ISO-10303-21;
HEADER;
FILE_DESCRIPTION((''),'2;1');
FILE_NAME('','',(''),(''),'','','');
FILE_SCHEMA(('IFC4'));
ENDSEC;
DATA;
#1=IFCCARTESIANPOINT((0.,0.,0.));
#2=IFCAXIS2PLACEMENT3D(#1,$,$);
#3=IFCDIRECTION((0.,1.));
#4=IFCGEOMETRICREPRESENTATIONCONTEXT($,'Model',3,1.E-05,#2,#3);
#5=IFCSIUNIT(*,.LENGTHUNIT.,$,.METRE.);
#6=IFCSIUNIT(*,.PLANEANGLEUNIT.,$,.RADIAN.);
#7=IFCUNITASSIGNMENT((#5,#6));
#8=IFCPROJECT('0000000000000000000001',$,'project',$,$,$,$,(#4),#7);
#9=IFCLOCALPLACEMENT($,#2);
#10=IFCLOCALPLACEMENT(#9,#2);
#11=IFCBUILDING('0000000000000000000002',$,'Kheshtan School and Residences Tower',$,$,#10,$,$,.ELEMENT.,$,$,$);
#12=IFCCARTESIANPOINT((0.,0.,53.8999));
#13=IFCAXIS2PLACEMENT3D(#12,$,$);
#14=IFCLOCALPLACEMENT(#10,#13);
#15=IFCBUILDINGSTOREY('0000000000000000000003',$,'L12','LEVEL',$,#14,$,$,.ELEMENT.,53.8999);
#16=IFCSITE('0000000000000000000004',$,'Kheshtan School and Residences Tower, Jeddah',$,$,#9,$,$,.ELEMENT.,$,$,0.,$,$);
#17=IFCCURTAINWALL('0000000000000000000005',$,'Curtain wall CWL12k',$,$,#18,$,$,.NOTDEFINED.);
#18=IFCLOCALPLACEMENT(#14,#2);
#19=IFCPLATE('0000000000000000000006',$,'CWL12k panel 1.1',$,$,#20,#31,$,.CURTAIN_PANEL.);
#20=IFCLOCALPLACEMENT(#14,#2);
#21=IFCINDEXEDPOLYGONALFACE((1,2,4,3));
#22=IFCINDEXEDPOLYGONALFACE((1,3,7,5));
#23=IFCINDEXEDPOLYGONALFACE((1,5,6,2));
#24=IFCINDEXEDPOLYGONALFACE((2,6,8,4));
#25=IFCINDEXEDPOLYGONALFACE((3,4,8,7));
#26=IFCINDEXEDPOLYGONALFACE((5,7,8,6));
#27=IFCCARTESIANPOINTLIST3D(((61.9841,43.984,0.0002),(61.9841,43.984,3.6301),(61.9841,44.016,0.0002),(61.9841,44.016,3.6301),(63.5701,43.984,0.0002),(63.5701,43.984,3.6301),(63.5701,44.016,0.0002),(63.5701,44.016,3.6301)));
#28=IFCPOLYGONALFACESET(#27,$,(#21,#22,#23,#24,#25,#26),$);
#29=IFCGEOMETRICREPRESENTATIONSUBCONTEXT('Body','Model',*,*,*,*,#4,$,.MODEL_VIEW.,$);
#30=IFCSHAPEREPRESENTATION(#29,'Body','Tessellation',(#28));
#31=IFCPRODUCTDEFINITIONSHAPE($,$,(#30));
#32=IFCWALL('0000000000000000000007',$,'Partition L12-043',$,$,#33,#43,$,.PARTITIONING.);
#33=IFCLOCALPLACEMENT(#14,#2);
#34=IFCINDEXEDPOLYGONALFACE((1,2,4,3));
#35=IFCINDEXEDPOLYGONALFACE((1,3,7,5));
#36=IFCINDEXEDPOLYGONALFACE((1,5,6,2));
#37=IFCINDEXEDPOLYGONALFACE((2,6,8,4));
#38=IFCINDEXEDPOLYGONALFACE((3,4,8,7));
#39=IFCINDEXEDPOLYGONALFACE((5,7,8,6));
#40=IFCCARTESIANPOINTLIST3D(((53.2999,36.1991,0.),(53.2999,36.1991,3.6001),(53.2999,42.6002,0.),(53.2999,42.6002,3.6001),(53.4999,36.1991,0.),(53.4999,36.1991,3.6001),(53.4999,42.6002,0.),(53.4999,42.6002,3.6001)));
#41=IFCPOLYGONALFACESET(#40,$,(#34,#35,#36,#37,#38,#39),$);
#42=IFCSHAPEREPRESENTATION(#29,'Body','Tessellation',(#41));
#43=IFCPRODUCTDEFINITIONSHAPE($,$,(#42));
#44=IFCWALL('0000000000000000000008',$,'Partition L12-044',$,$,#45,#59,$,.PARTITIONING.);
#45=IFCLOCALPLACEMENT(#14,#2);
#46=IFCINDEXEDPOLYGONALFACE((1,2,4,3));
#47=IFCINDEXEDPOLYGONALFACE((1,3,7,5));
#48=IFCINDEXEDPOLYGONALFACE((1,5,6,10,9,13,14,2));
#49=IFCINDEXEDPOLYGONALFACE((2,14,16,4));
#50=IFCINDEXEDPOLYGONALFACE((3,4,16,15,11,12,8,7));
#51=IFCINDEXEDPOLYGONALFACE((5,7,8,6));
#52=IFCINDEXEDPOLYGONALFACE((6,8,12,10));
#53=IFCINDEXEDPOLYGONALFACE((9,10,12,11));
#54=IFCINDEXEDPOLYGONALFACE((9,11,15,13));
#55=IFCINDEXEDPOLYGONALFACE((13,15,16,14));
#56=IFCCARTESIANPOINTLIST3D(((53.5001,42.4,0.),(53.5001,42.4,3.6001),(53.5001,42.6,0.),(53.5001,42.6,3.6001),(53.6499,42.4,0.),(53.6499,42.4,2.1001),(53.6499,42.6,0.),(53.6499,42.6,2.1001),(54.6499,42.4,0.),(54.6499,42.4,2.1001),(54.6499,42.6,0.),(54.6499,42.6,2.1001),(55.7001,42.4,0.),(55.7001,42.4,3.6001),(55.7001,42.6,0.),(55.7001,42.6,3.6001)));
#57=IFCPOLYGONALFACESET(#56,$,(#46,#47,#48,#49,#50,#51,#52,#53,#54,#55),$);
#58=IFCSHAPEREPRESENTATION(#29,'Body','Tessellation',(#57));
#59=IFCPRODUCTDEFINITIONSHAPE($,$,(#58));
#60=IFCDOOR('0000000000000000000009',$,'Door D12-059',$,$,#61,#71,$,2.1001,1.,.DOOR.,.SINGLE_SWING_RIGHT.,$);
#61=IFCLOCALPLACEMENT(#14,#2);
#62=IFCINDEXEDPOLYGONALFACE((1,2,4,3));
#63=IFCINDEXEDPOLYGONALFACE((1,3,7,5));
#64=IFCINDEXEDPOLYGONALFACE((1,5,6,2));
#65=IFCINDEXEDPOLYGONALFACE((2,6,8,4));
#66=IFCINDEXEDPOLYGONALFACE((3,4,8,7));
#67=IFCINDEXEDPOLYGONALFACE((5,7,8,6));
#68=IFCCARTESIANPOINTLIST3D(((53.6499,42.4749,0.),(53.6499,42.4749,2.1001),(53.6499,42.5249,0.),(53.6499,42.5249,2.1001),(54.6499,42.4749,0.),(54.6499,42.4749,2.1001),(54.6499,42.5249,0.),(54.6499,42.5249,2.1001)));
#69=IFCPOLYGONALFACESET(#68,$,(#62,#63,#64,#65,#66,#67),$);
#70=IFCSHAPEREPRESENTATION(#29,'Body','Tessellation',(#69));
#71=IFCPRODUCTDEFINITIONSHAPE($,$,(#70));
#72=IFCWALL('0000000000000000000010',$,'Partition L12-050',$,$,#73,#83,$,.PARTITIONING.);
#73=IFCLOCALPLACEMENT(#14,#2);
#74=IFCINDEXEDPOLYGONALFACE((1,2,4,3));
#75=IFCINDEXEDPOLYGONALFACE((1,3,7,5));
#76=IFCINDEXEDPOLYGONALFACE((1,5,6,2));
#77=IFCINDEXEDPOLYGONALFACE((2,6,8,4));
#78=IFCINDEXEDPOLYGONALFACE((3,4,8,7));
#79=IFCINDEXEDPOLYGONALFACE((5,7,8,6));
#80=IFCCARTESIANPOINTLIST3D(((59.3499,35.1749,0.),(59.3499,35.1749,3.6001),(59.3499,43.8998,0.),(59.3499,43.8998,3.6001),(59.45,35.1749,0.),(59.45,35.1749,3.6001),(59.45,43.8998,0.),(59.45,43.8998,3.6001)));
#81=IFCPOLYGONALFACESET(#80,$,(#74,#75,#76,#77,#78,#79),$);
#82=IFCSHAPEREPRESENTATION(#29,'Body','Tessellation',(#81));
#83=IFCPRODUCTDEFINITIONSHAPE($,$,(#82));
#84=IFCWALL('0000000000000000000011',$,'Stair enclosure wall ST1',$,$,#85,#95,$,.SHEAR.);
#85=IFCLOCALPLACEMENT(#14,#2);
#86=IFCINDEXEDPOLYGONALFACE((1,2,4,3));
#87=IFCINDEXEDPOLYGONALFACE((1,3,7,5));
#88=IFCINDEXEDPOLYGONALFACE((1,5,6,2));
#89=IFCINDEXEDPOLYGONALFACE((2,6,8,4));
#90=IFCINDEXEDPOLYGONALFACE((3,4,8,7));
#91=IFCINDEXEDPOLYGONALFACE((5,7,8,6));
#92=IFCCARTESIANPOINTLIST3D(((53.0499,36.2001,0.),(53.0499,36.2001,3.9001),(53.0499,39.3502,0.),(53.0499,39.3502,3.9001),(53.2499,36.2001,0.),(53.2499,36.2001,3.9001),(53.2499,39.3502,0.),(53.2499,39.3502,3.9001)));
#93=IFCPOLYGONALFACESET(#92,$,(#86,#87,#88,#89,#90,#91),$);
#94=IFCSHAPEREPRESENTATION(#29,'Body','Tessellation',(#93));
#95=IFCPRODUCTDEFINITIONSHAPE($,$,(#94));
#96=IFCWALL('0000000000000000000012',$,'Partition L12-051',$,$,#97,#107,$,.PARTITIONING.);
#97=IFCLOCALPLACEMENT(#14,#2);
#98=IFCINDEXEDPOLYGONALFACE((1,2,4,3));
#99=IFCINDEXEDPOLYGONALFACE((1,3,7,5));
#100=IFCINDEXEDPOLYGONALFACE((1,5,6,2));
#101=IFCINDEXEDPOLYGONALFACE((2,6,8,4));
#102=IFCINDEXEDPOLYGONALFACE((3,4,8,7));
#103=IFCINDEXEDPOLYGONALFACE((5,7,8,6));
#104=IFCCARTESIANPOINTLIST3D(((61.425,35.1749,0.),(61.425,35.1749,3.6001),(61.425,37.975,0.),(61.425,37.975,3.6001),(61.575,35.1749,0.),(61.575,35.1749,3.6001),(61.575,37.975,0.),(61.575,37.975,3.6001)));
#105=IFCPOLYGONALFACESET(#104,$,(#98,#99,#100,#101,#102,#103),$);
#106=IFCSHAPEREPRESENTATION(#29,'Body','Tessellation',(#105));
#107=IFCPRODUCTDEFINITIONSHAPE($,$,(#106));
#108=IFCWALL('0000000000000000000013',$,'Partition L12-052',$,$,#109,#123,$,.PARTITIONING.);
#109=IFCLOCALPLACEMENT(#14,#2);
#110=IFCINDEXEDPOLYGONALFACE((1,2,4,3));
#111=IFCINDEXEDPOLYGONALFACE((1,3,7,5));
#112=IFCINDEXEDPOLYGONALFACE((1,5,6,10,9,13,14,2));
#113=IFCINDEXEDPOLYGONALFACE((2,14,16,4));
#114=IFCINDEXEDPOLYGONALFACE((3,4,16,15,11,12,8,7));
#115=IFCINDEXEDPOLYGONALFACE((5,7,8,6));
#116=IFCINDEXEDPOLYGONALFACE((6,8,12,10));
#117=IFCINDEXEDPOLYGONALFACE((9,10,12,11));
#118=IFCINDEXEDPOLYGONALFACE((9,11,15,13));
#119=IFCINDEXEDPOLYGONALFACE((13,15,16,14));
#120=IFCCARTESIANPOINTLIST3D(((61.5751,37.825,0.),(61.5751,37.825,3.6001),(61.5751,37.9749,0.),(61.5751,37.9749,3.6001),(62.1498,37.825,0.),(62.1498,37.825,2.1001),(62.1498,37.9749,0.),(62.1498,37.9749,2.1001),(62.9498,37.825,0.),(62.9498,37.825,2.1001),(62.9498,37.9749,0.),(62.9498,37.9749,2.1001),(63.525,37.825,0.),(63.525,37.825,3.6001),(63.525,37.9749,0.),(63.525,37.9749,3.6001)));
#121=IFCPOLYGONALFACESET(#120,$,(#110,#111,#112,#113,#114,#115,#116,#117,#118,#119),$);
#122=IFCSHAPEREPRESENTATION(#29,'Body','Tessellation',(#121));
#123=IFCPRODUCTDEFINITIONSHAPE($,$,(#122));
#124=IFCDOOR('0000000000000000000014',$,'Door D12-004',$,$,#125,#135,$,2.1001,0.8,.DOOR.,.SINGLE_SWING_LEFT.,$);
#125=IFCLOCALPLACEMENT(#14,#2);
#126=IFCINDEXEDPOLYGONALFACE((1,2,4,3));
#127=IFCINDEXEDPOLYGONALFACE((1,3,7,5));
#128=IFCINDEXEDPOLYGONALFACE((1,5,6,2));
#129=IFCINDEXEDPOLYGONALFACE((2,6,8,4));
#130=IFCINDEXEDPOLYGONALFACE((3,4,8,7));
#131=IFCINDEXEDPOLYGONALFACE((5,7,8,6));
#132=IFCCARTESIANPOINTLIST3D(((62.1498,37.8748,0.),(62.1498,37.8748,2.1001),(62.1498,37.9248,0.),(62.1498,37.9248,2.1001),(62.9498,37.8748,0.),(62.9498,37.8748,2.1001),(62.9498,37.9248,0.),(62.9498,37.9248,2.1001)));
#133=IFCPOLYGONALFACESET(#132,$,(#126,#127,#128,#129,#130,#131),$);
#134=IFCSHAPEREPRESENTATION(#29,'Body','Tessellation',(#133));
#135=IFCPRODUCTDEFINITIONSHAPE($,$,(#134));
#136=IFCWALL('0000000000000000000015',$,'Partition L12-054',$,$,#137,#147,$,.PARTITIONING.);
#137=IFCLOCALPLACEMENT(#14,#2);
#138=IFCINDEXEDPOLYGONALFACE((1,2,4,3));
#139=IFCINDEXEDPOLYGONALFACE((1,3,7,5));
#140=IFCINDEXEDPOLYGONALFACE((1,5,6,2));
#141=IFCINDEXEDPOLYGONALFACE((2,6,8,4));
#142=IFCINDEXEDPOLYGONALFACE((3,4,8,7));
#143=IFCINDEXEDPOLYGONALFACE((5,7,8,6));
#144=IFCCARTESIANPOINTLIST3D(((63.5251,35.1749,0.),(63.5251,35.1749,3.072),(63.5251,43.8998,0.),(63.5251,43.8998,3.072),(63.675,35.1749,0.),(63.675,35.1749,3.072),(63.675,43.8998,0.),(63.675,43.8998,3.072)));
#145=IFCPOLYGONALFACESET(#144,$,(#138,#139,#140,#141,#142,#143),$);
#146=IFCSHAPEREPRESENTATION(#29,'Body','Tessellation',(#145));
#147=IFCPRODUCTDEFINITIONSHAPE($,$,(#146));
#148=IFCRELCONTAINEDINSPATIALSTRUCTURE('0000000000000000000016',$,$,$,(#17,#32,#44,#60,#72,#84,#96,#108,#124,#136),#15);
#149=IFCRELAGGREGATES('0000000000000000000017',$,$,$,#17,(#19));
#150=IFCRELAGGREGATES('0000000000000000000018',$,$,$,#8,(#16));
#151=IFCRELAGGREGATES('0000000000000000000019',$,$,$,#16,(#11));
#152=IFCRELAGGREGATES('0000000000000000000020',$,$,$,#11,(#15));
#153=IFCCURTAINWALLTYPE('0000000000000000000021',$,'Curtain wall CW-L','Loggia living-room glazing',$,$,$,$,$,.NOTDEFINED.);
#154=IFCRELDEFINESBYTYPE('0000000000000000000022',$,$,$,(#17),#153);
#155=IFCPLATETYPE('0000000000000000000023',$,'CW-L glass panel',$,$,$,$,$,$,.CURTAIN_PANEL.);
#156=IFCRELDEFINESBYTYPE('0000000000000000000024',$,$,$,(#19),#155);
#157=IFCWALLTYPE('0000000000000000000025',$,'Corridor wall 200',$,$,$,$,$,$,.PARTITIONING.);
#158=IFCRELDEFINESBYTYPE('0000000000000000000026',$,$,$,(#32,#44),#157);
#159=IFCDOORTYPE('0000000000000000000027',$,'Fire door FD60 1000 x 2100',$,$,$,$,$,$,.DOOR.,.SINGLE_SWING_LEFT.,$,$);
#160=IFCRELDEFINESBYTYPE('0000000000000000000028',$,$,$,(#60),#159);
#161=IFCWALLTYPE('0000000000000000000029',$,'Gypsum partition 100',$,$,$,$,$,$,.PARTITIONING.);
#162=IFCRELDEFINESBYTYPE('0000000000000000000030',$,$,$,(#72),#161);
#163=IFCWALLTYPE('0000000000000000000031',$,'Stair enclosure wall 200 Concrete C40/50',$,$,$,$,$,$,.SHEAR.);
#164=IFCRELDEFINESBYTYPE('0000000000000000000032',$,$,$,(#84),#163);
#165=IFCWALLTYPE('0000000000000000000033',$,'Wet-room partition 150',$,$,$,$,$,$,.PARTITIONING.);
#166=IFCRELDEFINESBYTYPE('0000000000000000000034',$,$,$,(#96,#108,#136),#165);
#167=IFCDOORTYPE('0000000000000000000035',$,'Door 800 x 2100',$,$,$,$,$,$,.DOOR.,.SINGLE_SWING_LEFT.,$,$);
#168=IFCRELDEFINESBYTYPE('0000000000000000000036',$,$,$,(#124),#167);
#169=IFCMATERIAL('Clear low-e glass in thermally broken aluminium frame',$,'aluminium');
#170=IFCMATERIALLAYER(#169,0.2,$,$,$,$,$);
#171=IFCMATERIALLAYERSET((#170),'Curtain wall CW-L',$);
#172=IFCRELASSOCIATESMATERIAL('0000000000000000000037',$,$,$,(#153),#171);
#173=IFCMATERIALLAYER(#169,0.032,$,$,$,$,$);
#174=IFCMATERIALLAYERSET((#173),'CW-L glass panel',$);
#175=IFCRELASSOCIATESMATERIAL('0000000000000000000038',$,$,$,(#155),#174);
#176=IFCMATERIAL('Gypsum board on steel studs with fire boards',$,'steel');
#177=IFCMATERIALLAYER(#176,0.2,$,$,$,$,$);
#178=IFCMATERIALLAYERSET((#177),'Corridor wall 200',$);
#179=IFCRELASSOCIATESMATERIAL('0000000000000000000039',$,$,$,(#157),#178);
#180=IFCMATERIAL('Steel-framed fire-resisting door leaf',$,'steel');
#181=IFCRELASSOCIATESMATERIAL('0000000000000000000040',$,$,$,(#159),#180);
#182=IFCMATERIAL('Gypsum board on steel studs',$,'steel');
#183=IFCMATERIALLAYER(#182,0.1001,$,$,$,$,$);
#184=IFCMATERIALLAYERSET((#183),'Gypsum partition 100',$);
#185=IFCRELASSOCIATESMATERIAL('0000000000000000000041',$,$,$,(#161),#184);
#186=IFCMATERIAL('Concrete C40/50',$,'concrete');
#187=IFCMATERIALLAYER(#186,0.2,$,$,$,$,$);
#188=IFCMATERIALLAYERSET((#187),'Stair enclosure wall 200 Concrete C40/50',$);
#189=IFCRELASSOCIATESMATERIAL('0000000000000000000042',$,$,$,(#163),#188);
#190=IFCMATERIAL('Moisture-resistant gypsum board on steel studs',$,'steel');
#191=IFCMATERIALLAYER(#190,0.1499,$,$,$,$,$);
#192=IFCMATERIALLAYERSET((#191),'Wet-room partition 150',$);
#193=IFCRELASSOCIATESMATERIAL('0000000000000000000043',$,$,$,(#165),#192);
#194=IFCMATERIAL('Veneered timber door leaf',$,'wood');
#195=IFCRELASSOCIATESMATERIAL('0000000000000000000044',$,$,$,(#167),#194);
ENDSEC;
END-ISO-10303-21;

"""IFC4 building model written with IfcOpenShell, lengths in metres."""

from ifc_helpers import new_model, si_unit, direction, frame, frame_2d, origin, origin_2d, place, context, subcontext, project, spatial, rectangle, extrude, source, transform, mapped, material, layer, layer_set, type_object, element, fill, aggregate, save


model = new_model("IFC4")

# Units and contexts
model_context = context("Model", 3, precision=1e-05, world=origin(), true_north=direction((0.0, 1.0)))
body_context = subcontext(model_context, "Body", "Model", "MODEL_VIEW")
ifc_project = project(units=[si_unit("LENGTHUNIT", "METRE"), si_unit("PLANEANGLEUNIT", "RADIAN")], contexts=[model_context])

# Site, building, storey
site_placement = place(None, origin())
site = spatial("IfcSite", under=ifc_project, at=site_placement, Name="Kheshtan School and Residences Tower, Jeddah", CompositionType="ELEMENT", RefElevation=0.0)
building_placement = place(site_placement, origin())
building = spatial("IfcBuilding", under=site, at=building_placement, Name="Kheshtan School and Residences Tower", CompositionType="ELEMENT")
storey_placement = place(building_placement, frame((0.0, 0.0, 53.8999)))
storey = spatial("IfcBuildingStorey", under=building, at=storey_placement, Name="L12", Description="LEVEL", CompositionType="ELEMENT", Elevation=53.8999)

# Curtain wall
ifc_material_1 = material(Name="Clear low-e glass in thermally broken aluminium frame", Category="aluminium")
ifc_layer_1 = layer(ifc_material_1, 0.2)
ifc_layer_set_1 = layer_set([ifc_layer_1], Name="Curtain wall CW-L")
curtain_wall_type = type_object("IfcCurtainWallType", Name="Curtain wall CW-L", Description="Loggia living-room glazing", PredefinedType="NOTDEFINED", material=ifc_layer_set_1)
curtain_wall_1_placement = place(storey_placement, origin())
curtain_wall_1 = element("IfcCurtainWall", 1, at=curtain_wall_1_placement, inside=storey, type_object=curtain_wall_type, Name="Curtain wall CWL12k", PredefinedType="NOTDEFINED")

# Plate
ifc_layer_2 = layer(ifc_material_1, 0.032)
ifc_layer_set_2 = layer_set([ifc_layer_2], Name="CW-L glass panel")
plate_type = type_object("IfcPlateType", Name="CW-L glass panel", PredefinedType="CURTAIN_PANEL", material=ifc_layer_set_2)
plate_1_placement = place(storey_placement, frame((62.7771, 44.0, 0.0002), z_axis=(0.0, 0.0, 1.0), x_axis=(1.0, 0.0, 0.0)))
plate_1 = element("IfcPlate", 2, at=plate_1_placement, type_object=plate_type, Name="CWL12k panel 1.1", PredefinedType="CURTAIN_PANEL", context=body_context, shape_type="SweptSolid", body=[
    extrude(rectangle(XDim=1.5859, YDim=0.032, at=origin_2d()), origin(), (0.0, 0.0, 1.0), 3.6299),
])
aggregate(curtain_wall_1, [plate_1])

# Wall
ifc_material_2 = material(Name="Gypsum board on steel studs with fire boards", Category="steel")
ifc_layer_3 = layer(ifc_material_2, 0.2)
ifc_layer_set_3 = layer_set([ifc_layer_3], Name="Corridor wall 200")
wall_type_1 = type_object("IfcWallType", Name="Corridor wall 200", PredefinedType="PARTITIONING", material=ifc_layer_set_3)
wall_1_placement = place(storey_placement, frame((53.3999, 36.199, 0.0), z_axis=(0.0, 0.0, 1.0), x_axis=(0.0, 1.0, 0.0)))
element("IfcWall", 3, at=wall_1_placement, inside=storey, type_object=wall_type_1, Name="Partition L12-043", PredefinedType="PARTITIONING", context=body_context, shape_type="SweptSolid", body=[
    extrude(rectangle(XDim=6.4011, YDim=0.2, at=frame_2d((3.2007, 0.0))), origin(), (0.0, 0.0, 1.0), 3.6001),
])

# Wall, opening, door
wall_2_placement = place(storey_placement, frame((53.5, 42.5, 0.0), z_axis=(0.0, 0.0, 1.0), x_axis=(1.0, 0.0, 0.0)))
wall_2 = element("IfcWall", 4, at=wall_2_placement, inside=storey, type_object=wall_type_1, Name="Partition L12-044", PredefinedType="PARTITIONING", context=body_context, shape_type="SweptSolid", body=[
    extrude(rectangle(XDim=2.2, YDim=0.2, at=frame_2d((1.1001, 0.0))), origin(), (0.0, 0.0, 1.0), 3.6001),
])
opening_1_placement = place(wall_2_placement, frame((0.1499, 0.0, 0.0)))
opening_1 = element("IfcOpeningElement", 5, at=opening_1_placement, cuts=wall_2, PredefinedType="OPENING", context=body_context, shape_type="SweptSolid", body=[
    extrude(rectangle(XDim=1.0, YDim=2.1001, at=frame_2d((0.5, 1.05))), frame((0.0, 0.1099, 0.0), z_axis=(0.0, -1.0, 0.0), x_axis=(1.0, 0.0, 0.0)), (0.0, 0.0, 1.0), 0.22),
])
ifc_material_3 = material(Name="Steel-framed fire-resisting door leaf", Category="steel")
door_type_1 = type_object("IfcDoorType", Name="Fire door FD60 1000 x 2100", OperationType="SINGLE_SWING_LEFT", PredefinedType="DOOR", material=ifc_material_3)
shared_shape_1 = source(origin(), body_context, "Body", "SweptSolid", [
    extrude(rectangle(XDim=1.0, YDim=2.1001, at=frame_2d((0.5, 1.05))), frame((0.0, 0.0249, 0.0), z_axis=(0.0, -1.0, 0.0), x_axis=(1.0, 0.0, 0.0)), (0.0, 0.0, 1.0), 0.05),
])
door_1_placement = place(opening_1_placement, origin())
door_1 = element("IfcDoor", 6, at=door_1_placement, inside=storey, type_object=door_type_1, Name="Door D12-059", OperationType="SINGLE_SWING_RIGHT", OverallHeight=2.1001, OverallWidth=1.0, PredefinedType="DOOR", context=body_context, shape_type="MappedRepresentation", body=[
    mapped(shared_shape_1, transform((0.0, 0.0, 0.0), x_axis=(1.0, 0.0, 0.0), y_axis=(0.0, 1.0, 0.0), z_axis=(0.0, 0.0, 1.0), scale=1.0)),
])
fill(opening_1, door_1)

# Walls
ifc_material_4 = material(Name="Gypsum board on steel studs", Category="steel")
ifc_layer_4 = layer(ifc_material_4, 0.1001)
ifc_layer_set_4 = layer_set([ifc_layer_4], Name="Gypsum partition 100")
wall_type_2 = type_object("IfcWallType", Name="Gypsum partition 100", PredefinedType="PARTITIONING", material=ifc_layer_set_4)
wall_3_placement = place(storey_placement, frame((59.3999, 35.175, 0.0), z_axis=(0.0, 0.0, 1.0), x_axis=(0.0, 1.0, 0.0)))
element("IfcWall", 7, at=wall_3_placement, inside=storey, type_object=wall_type_2, Name="Partition L12-050", PredefinedType="PARTITIONING", context=body_context, shape_type="SweptSolid", body=[
    extrude(rectangle(XDim=8.7249, YDim=0.1001, at=frame_2d((4.3623, 0.0))), origin(), (0.0, 0.0, 1.0), 3.6001),
])
ifc_material_5 = material(Name="Concrete C40/50", Category="concrete")
ifc_layer_5 = layer(ifc_material_5, 0.2)
ifc_layer_set_5 = layer_set([ifc_layer_5], Name="Stair enclosure wall 200 Concrete C40/50")
wall_type_3 = type_object("IfcWallType", Name="Stair enclosure wall 200 Concrete C40/50", PredefinedType="SHEAR", material=ifc_layer_set_5)
wall_4_placement = place(storey_placement, frame((53.1499, 36.2, 0.0), z_axis=(0.0, 0.0, 1.0), x_axis=(0.0, 1.0, 0.0)))
element("IfcWall", 8, at=wall_4_placement, inside=storey, type_object=wall_type_3, Name="Stair enclosure wall ST1", PredefinedType="SHEAR", context=body_context, shape_type="SweptSolid", body=[
    extrude(rectangle(XDim=3.1501, YDim=0.2, at=frame_2d((1.5752, 0.0))), origin(), (0.0, 0.0, 1.0), 3.9001),
])
ifc_material_6 = material(Name="Moisture-resistant gypsum board on steel studs", Category="steel")
ifc_layer_6 = layer(ifc_material_6, 0.1499)
ifc_layer_set_6 = layer_set([ifc_layer_6], Name="Wet-room partition 150")
wall_type_4 = type_object("IfcWallType", Name="Wet-room partition 150", PredefinedType="PARTITIONING", material=ifc_layer_set_6)
wall_5_placement = place(storey_placement, frame((61.5, 35.175, 0.0), z_axis=(0.0, 0.0, 1.0), x_axis=(0.0, 1.0, 0.0)))
element("IfcWall", 9, at=wall_5_placement, inside=storey, type_object=wall_type_4, Name="Partition L12-051", PredefinedType="PARTITIONING", context=body_context, shape_type="SweptSolid", body=[
    extrude(rectangle(XDim=2.8, YDim=0.1499, at=frame_2d((1.3999, 0.0))), origin(), (0.0, 0.0, 1.0), 3.6001),
])

# Wall, opening, door
wall_6_placement = place(storey_placement, frame((61.575, 37.8999, 0.0), z_axis=(0.0, 0.0, 1.0), x_axis=(1.0, 0.0, 0.0)))
wall_6 = element("IfcWall", 10, at=wall_6_placement, inside=storey, type_object=wall_type_4, Name="Partition L12-052", PredefinedType="PARTITIONING", context=body_context, shape_type="SweptSolid", body=[
    extrude(rectangle(XDim=1.95, YDim=0.1499, at=frame_2d((0.9751, 0.0))), origin(), (0.0, 0.0, 1.0), 3.6001),
])
opening_2_placement = place(wall_6_placement, frame((0.575, 0.0, 0.0)))
opening_2 = element("IfcOpeningElement", 11, at=opening_2_placement, cuts=wall_6, PredefinedType="OPENING", context=body_context, shape_type="SweptSolid", body=[
    extrude(rectangle(XDim=0.8, YDim=2.1001, at=frame_2d((0.3999, 1.05))), frame((0.0, 0.085, 0.0), z_axis=(0.0, -1.0, 0.0), x_axis=(1.0, 0.0, 0.0)), (0.0, 0.0, 1.0), 0.1699),
])
ifc_material_7 = material(Name="Veneered timber door leaf", Category="wood")
door_type_2 = type_object("IfcDoorType", Name="Door 800 x 2100", OperationType="SINGLE_SWING_LEFT", PredefinedType="DOOR", material=ifc_material_7)
shared_shape_2 = source(origin(), body_context, "Body", "SweptSolid", [
    extrude(rectangle(XDim=0.8, YDim=2.1001, at=frame_2d((0.3999, 1.05))), frame((0.0, 0.0249, 0.0), z_axis=(0.0, -1.0, 0.0), x_axis=(1.0, 0.0, 0.0)), (0.0, 0.0, 1.0), 0.05),
])
door_2_placement = place(opening_2_placement, origin())
door_2 = element("IfcDoor", 12, at=door_2_placement, inside=storey, type_object=door_type_2, Name="Door D12-004", OperationType="SINGLE_SWING_LEFT", OverallHeight=2.1001, OverallWidth=0.8, PredefinedType="DOOR", context=body_context, shape_type="MappedRepresentation", body=[
    mapped(shared_shape_2, transform((0.0, 0.0, 0.0), x_axis=(1.0, 0.0, 0.0), y_axis=(0.0, 1.0, 0.0), z_axis=(0.0, 0.0, 1.0), scale=1.0)),
])
fill(opening_2, door_2)

# Wall
wall_7_placement = place(storey_placement, frame((63.6001, 35.175, 0.0), z_axis=(0.0, 0.0, 1.0), x_axis=(0.0, 1.0, 0.0)))
element("IfcWall", 13, at=wall_7_placement, inside=storey, type_object=wall_type_4, Name="Partition L12-054", PredefinedType="PARTITIONING", context=body_context, shape_type="SweptSolid", body=[
    extrude(rectangle(XDim=8.7249, YDim=0.1499, at=frame_2d((4.3623, 0.0))), origin(), (0.0, 0.0, 1.0), 3.072),
])

save(model, "model.ifc")
